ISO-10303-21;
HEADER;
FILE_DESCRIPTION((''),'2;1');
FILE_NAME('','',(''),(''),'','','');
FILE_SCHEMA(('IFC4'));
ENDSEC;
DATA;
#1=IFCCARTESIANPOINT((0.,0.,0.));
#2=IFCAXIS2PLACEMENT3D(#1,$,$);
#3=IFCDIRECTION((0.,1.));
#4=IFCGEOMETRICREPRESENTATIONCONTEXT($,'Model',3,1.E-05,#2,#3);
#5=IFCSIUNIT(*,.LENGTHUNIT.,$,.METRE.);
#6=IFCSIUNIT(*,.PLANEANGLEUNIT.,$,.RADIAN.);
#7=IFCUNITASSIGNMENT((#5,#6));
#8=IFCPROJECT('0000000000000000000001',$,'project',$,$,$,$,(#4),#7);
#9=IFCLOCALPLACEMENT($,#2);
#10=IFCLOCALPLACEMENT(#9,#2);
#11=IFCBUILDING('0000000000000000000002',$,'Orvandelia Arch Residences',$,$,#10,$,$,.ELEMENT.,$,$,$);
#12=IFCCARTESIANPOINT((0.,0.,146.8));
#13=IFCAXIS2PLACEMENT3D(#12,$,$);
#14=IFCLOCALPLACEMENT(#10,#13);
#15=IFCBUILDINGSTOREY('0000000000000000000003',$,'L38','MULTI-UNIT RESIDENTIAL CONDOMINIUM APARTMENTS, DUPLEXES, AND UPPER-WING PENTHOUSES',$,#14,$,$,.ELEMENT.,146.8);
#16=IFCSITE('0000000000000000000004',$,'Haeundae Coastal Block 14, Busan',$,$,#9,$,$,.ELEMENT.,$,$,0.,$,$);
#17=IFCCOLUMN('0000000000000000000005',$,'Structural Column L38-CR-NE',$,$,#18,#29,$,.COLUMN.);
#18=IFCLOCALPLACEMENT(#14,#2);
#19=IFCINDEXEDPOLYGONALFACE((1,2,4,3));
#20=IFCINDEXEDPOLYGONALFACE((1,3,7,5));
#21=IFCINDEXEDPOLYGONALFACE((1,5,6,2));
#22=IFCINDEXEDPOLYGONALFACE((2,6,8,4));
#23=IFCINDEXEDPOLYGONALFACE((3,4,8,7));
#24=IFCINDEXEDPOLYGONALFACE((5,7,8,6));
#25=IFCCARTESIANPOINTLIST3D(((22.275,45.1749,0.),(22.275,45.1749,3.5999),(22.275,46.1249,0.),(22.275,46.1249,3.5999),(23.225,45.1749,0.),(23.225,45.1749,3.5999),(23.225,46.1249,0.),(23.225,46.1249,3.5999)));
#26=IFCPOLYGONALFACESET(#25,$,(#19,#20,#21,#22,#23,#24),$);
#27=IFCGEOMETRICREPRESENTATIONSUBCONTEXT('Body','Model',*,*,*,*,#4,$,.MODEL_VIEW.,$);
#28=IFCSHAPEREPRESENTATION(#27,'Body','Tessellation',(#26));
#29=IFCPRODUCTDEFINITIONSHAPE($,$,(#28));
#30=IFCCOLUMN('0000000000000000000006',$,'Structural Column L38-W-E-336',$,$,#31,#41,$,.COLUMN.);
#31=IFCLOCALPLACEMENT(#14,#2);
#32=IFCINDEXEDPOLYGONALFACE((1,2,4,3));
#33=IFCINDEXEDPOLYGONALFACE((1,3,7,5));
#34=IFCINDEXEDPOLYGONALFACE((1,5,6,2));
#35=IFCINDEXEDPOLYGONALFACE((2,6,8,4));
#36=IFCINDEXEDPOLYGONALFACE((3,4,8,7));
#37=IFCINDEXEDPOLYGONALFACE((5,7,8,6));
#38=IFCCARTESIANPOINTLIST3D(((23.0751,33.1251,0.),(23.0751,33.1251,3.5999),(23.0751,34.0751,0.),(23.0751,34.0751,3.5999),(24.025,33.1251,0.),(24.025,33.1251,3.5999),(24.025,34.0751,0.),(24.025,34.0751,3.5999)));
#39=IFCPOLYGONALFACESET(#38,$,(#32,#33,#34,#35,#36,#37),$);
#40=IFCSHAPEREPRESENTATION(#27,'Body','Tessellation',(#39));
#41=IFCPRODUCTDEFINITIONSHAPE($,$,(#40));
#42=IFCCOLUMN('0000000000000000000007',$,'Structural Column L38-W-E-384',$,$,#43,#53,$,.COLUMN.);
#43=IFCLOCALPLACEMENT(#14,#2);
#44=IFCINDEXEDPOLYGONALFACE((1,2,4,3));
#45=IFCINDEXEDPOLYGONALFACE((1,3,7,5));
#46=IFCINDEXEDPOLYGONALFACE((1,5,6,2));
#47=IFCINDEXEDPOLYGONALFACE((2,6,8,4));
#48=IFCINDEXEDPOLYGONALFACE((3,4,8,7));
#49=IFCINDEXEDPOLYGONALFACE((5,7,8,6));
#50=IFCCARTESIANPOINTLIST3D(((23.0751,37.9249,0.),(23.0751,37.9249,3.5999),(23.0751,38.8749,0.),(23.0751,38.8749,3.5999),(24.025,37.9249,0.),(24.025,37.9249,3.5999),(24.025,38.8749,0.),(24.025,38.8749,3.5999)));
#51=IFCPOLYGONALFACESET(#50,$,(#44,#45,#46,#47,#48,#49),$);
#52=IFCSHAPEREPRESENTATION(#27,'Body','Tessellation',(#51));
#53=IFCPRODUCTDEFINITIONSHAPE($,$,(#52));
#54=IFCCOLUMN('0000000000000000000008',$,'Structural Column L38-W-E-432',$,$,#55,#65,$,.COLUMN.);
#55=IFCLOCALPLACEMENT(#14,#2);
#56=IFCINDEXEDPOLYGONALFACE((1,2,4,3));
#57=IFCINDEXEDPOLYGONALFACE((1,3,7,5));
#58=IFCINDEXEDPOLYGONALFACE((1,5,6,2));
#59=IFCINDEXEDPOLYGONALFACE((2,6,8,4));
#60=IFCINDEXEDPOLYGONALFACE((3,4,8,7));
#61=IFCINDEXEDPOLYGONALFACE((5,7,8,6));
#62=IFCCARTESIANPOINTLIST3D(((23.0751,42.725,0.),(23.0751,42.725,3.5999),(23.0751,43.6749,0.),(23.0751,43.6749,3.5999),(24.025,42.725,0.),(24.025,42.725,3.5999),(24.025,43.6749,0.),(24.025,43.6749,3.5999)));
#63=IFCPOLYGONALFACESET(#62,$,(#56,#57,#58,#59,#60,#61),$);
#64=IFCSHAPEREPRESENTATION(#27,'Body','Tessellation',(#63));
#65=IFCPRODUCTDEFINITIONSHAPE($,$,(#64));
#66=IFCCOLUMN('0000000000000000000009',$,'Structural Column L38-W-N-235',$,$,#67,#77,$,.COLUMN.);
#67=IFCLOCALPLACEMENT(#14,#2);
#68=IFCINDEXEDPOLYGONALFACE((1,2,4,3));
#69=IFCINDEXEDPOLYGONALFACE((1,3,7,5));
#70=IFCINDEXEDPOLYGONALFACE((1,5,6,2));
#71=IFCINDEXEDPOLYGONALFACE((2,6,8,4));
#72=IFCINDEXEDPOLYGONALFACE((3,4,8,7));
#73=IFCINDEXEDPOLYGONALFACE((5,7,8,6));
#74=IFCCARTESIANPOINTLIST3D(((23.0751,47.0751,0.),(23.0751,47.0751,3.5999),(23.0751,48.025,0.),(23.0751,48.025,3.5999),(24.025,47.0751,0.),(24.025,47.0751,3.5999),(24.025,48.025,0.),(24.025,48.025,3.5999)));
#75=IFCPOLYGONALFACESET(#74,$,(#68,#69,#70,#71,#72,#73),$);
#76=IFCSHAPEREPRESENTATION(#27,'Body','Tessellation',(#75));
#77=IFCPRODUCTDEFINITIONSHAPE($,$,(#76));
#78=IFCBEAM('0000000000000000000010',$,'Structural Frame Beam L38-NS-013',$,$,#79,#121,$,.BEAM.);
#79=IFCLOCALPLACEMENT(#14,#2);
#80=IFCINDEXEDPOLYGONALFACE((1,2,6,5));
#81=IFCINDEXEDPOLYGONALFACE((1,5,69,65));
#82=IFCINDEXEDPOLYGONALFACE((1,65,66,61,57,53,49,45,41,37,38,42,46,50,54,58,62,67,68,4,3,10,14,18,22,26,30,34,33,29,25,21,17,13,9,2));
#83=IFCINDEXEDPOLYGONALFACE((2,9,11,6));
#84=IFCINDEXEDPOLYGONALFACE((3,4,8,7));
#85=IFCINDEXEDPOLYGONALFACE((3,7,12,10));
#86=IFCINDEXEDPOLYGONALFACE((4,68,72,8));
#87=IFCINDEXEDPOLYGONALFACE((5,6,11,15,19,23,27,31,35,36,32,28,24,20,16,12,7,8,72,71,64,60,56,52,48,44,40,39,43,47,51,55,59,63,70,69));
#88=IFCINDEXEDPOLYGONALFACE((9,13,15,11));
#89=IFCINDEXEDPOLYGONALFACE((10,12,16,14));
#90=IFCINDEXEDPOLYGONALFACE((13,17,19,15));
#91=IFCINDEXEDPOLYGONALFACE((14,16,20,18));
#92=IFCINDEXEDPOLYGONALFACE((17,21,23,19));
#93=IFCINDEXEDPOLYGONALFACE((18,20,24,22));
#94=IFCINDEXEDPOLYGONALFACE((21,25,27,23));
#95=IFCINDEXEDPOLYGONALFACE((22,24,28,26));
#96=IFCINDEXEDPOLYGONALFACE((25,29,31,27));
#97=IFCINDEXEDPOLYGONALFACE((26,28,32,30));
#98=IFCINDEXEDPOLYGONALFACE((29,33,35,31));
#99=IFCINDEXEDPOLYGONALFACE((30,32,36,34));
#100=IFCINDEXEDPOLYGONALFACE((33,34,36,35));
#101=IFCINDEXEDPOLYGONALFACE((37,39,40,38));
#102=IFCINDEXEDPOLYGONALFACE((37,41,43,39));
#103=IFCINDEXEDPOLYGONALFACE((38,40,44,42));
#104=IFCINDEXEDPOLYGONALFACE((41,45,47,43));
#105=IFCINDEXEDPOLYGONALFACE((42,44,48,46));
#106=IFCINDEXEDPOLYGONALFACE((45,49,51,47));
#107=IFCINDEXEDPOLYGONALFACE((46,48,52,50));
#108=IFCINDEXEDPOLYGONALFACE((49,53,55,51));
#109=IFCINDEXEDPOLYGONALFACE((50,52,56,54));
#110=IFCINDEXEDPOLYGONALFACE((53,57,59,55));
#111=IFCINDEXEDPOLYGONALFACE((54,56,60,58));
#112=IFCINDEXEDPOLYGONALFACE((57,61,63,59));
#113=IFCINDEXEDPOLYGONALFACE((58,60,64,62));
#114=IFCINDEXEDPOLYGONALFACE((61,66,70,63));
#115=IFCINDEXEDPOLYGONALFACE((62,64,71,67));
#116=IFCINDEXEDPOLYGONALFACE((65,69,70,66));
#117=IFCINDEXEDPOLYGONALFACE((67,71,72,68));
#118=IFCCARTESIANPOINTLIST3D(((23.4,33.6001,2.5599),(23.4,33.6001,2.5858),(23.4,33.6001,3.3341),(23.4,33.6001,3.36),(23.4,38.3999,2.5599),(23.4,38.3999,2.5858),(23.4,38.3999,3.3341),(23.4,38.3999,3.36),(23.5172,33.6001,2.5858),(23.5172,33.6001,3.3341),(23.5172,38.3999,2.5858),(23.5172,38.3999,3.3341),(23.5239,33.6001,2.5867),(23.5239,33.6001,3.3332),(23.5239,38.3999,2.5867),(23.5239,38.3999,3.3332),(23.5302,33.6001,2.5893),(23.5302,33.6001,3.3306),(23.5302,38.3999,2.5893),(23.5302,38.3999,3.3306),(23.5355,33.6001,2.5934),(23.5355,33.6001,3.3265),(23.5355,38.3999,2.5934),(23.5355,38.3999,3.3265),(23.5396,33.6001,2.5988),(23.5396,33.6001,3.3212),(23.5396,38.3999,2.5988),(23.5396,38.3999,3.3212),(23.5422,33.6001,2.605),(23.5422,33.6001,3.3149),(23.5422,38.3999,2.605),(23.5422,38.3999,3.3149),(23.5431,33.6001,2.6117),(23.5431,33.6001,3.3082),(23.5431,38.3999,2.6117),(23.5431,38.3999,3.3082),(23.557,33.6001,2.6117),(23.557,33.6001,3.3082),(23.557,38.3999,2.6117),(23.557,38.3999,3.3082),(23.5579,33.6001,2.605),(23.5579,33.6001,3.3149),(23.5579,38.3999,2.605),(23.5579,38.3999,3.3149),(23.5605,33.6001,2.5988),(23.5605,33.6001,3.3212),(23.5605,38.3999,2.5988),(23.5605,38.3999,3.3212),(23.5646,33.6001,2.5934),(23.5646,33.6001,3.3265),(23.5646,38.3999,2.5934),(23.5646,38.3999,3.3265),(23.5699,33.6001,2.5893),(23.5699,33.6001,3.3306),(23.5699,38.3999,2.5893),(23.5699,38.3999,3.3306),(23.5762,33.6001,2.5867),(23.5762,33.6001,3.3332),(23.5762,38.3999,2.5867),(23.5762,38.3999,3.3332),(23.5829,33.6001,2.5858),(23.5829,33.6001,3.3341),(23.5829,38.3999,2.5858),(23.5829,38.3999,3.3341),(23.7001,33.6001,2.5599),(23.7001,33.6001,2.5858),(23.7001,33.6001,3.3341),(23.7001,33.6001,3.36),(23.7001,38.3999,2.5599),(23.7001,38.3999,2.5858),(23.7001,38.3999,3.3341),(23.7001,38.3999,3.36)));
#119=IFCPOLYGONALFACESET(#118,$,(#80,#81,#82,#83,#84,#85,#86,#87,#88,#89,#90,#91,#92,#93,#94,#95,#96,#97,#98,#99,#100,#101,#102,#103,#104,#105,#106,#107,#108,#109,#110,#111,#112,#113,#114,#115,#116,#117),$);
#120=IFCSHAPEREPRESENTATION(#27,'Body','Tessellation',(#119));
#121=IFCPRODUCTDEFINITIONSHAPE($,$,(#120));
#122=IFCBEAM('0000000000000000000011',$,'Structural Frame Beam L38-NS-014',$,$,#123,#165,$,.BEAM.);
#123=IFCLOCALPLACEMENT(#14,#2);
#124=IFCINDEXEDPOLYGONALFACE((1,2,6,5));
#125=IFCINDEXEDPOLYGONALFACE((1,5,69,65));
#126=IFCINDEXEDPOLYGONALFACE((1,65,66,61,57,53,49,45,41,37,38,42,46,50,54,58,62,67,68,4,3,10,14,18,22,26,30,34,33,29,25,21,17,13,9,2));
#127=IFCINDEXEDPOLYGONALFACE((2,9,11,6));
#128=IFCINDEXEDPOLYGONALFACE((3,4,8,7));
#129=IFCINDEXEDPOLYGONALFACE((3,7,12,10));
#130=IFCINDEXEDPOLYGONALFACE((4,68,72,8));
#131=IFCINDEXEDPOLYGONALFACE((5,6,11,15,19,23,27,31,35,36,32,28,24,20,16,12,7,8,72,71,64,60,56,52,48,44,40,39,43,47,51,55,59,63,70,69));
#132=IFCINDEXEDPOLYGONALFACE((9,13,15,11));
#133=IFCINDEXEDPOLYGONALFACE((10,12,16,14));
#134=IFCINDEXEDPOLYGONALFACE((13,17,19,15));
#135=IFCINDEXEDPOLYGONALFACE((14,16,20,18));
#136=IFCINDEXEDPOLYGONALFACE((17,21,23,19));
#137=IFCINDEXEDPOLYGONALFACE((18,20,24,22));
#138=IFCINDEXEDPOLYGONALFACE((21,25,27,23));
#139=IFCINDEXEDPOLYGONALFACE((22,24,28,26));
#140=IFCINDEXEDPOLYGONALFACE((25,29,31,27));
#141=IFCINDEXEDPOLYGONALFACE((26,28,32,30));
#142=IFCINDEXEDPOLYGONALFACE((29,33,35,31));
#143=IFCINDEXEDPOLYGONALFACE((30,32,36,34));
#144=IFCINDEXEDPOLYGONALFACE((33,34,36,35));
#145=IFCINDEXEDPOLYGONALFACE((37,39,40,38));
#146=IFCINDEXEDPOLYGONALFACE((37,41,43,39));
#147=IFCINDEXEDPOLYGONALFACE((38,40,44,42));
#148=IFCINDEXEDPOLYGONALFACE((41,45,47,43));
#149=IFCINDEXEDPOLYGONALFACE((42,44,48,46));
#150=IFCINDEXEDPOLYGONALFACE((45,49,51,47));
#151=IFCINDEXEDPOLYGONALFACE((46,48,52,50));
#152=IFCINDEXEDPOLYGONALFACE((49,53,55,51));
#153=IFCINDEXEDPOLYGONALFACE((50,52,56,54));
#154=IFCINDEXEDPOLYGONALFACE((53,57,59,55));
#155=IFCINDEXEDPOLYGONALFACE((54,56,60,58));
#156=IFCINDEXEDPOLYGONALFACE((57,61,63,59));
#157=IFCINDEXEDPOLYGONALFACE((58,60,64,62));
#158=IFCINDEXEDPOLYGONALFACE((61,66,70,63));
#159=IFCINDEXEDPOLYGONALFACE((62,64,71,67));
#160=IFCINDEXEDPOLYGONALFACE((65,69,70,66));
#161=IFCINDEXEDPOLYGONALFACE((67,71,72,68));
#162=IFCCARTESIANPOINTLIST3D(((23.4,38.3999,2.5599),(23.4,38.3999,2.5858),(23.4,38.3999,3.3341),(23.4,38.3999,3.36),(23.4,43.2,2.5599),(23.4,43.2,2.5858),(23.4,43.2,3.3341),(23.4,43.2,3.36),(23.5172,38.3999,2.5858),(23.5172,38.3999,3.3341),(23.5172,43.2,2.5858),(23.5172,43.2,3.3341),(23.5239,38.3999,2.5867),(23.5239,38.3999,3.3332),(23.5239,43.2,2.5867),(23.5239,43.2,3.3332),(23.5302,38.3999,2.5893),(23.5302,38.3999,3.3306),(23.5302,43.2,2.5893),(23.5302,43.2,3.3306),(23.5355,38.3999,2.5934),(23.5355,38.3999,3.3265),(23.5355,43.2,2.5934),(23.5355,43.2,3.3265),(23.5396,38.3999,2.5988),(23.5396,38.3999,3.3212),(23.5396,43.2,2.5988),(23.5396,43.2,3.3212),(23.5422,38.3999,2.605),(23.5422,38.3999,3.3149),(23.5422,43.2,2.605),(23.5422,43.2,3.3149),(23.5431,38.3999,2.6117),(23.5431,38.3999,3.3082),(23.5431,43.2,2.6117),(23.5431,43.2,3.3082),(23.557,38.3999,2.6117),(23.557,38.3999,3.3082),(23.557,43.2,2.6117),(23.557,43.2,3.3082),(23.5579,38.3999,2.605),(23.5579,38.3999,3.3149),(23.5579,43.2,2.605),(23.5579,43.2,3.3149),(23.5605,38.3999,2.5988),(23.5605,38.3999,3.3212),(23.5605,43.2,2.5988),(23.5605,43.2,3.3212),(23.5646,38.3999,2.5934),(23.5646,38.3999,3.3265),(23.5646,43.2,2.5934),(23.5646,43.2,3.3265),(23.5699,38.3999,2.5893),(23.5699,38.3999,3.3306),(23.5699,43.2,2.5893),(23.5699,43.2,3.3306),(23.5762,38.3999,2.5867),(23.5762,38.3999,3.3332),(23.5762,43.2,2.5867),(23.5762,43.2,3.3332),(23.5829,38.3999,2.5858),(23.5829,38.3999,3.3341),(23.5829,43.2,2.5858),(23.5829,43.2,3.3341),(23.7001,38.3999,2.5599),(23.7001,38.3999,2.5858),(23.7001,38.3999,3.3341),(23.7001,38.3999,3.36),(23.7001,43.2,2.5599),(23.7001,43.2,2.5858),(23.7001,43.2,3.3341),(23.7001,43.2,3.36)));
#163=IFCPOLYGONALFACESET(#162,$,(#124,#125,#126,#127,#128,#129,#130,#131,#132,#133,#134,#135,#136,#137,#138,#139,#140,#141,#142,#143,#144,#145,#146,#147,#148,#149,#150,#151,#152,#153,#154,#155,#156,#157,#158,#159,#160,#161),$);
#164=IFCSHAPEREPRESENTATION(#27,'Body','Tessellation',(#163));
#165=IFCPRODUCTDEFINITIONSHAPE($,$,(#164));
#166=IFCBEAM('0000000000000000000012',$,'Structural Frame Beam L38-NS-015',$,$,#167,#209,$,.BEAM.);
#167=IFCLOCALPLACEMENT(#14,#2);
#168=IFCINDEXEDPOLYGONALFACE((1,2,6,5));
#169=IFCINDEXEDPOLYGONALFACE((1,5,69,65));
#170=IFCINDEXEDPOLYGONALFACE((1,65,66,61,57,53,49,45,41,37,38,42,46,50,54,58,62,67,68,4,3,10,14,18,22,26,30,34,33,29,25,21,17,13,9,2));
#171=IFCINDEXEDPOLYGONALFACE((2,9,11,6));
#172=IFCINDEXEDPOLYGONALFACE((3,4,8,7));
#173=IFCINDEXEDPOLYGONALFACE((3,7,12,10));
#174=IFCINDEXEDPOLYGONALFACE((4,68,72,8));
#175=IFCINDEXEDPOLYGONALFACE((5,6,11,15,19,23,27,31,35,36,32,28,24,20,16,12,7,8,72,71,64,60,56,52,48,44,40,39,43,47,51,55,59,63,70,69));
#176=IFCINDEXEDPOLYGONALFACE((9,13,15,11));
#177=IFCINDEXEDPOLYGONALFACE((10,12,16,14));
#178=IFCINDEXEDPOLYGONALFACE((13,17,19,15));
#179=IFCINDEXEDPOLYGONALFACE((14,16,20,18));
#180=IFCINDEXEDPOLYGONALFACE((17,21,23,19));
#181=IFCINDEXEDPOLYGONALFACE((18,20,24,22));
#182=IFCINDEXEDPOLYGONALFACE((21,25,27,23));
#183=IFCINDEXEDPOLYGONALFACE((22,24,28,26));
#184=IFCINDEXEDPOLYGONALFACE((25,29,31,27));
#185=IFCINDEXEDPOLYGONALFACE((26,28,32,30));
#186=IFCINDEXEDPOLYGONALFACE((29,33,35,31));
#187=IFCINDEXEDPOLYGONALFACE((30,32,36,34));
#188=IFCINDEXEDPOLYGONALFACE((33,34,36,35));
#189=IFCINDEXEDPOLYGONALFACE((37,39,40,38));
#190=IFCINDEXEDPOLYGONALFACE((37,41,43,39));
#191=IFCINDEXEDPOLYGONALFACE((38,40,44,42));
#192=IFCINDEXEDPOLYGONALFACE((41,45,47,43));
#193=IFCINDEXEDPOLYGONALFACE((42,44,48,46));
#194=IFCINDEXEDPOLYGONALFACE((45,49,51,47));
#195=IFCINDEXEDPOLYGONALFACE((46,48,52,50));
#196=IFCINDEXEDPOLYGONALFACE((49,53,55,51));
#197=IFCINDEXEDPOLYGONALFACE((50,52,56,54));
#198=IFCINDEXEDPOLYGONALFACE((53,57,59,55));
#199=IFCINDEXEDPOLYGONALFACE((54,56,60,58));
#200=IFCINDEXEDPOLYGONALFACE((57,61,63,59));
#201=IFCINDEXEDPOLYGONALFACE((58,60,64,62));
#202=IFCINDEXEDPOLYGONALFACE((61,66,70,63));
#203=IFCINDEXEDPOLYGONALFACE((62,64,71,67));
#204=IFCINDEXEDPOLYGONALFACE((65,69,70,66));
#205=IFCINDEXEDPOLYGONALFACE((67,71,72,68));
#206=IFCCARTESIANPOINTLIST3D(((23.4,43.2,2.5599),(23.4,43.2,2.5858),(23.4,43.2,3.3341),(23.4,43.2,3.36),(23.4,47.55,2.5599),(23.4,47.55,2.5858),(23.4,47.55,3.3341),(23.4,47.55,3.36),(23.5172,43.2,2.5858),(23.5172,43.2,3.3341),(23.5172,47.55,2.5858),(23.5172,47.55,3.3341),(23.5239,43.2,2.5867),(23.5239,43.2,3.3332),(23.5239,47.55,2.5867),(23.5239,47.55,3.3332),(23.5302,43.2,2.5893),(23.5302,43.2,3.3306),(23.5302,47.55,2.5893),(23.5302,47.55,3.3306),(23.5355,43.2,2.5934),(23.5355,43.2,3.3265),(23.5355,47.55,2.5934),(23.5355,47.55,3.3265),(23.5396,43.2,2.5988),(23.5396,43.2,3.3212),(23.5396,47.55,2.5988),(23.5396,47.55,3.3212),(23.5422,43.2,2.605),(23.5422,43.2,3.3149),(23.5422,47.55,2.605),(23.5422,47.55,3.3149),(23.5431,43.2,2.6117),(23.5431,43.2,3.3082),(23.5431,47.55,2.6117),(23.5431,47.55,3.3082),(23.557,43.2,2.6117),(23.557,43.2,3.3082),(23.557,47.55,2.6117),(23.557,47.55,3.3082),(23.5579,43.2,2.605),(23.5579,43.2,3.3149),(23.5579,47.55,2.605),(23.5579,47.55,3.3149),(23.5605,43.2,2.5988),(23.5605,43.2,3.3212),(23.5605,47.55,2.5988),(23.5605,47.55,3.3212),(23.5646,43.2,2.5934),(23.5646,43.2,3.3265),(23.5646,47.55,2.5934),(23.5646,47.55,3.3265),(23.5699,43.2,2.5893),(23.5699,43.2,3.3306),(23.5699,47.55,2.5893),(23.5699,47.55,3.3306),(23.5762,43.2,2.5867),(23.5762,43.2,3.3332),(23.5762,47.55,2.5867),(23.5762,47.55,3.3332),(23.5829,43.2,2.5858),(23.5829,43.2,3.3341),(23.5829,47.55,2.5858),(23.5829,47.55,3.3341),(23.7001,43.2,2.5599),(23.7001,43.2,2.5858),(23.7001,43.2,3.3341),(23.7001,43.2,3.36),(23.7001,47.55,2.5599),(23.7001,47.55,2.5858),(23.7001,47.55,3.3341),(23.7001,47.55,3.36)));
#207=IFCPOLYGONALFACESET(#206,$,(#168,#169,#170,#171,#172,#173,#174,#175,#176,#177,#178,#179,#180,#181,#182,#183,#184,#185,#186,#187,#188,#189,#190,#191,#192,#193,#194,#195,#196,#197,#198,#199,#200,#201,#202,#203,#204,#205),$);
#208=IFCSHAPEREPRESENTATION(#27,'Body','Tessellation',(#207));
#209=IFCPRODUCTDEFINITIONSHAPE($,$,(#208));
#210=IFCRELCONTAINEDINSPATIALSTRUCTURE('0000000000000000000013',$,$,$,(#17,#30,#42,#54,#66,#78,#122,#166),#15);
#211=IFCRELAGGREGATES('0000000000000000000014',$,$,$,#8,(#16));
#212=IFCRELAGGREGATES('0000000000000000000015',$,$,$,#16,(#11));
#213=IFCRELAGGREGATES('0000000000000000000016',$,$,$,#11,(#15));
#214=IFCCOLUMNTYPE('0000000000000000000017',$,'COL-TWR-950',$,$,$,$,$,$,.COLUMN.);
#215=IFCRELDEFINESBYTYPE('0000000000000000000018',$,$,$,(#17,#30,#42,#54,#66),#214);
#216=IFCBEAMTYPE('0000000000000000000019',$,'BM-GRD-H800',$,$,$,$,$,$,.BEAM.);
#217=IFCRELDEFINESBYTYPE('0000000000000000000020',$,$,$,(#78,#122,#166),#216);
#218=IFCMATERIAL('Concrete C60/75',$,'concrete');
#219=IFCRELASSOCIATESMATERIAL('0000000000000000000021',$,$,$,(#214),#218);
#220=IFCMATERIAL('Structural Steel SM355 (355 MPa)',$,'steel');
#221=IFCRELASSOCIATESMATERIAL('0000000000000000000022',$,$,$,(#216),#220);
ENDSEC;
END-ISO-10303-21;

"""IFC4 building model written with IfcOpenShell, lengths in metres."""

from ifc_helpers import new_model, si_unit, direction, frame, origin, origin_2d, place, context, subcontext, project, spatial, rectangle, i_section, extrude, material, material_profile, profile_set, type_object, element, save


model = new_model("IFC4")

# Units and contexts
model_context = context("Model", 3, precision=1e-05, world=origin(), true_north=direction((0.0, 1.0)))
body_context = subcontext(model_context, "Body", "Model", "MODEL_VIEW")
ifc_project = project(units=[si_unit("LENGTHUNIT", "METRE"), si_unit("PLANEANGLEUNIT", "RADIAN")], contexts=[model_context])

# Site, building, storey
site_placement = place(None, origin())
site = spatial("IfcSite", under=ifc_project, at=site_placement, Name="Haeundae Coastal Block 14, Busan", CompositionType="ELEMENT", RefElevation=0.0)
building_placement = place(site_placement, origin())
building = spatial("IfcBuilding", under=site, at=building_placement, Name="Orvandelia Arch Residences", CompositionType="ELEMENT")
storey_placement = place(building_placement, frame((0.0, 0.0, 146.8)))
storey = spatial("IfcBuildingStorey", under=building, at=storey_placement, Name="L38", Description="MULTI-UNIT RESIDENTIAL CONDOMINIUM APARTMENTS, DUPLEXES, AND UPPER-WING PENTHOUSES", CompositionType="ELEMENT", Elevation=146.8)

# Columns
ifc_material_1 = material(Name="Concrete C60/75", Category="concrete")
ifc_material_profile_1 = material_profile(ifc_material_1, rectangle(XDim=0.95, YDim=0.95, at=origin_2d()), Name="Concrete C60/75", Category="concrete")
ifc_profile_set_1 = profile_set([ifc_material_profile_1], Name="Concrete C60/75")
column_type = type_object("IfcColumnType", Name="COL-TWR-950", PredefinedType="COLUMN", material=ifc_profile_set_1)
for number, where, z_axis, x_axis, name in (
    (1, (22.75, 45.6499, 0.0), (0.0, 0.0, 1.0), (1.0, 0.0, 0.0), "Structural Column L38-CR-NE"),
    (2, (23.55, 33.6001, 0.0), (0.0, 0.0, 1.0), (1.0, 0.0, 0.0), "Structural Column L38-W-E-336"),
    (3, (23.55, 38.3999, 0.0), (0.0, 0.0, 1.0), (1.0, 0.0, 0.0), "Structural Column L38-W-E-384"),
    (4, (23.55, 43.2, 0.0), (0.0, 0.0, 1.0), (1.0, 0.0, 0.0), "Structural Column L38-W-E-432"),
    (5, (23.55, 47.55, 0.0), (0.0, 0.0, 1.0), (1.0, 0.0, 0.0), "Structural Column L38-W-N-235"),
):
    element("IfcColumn", number, at=place(storey_placement, frame(where, z_axis=z_axis, x_axis=x_axis)), inside=storey, type_object=column_type, Name=name, PredefinedType="COLUMN", context=body_context, shape_type="SweptSolid", body=[
        extrude(rectangle(XDim=0.95, YDim=0.95, at=origin_2d()), origin(), (0.0, 0.0, 1.0), 3.5999),
    ])

# Beams
ifc_material_2 = material(Name="Structural Steel SM355 (355 MPa)", Category="steel")
ifc_material_profile_2 = material_profile(ifc_material_2, i_section(OverallWidth=0.3, OverallDepth=0.8, WebThickness=0.0139, FlangeThickness=0.0259, FilletRadius=0.0259, at=origin_2d()), Name="Structural Steel SM355 (355 MPa)", Category="steel")
ifc_profile_set_2 = profile_set([ifc_material_profile_2], Name="Structural Steel SM355 (355 MPa)")
beam_type = type_object("IfcBeamType", Name="BM-GRD-H800", PredefinedType="BEAM", material=ifc_profile_set_2)
beam_1_placement = place(storey_placement, frame((23.55, 33.6001, 2.96), z_axis=(0.0, 1.0, 0.0), x_axis=(-1.0, 0.0, 0.0)))
element("IfcBeam", 6, at=beam_1_placement, inside=storey, type_object=beam_type, Name="Structural Frame Beam L38-NS-013", PredefinedType="BEAM", context=body_context, shape_type="SweptSolid", body=[
    extrude(i_section(OverallWidth=0.3, OverallDepth=0.8, WebThickness=0.0139, FlangeThickness=0.0259, FilletRadius=0.0259, at=origin_2d()), origin(), (0.0, 0.0, 1.0), 4.7998),
])
beam_2_placement = place(storey_placement, frame((23.55, 38.3999, 2.96), z_axis=(0.0, 1.0, 0.0), x_axis=(-1.0, 0.0, 0.0)))
element("IfcBeam", 7, at=beam_2_placement, inside=storey, type_object=beam_type, Name="Structural Frame Beam L38-NS-014", PredefinedType="BEAM", context=body_context, shape_type="SweptSolid", body=[
    extrude(i_section(OverallWidth=0.3, OverallDepth=0.8, WebThickness=0.0139, FlangeThickness=0.0259, FilletRadius=0.0259, at=origin_2d()), origin(), (0.0, 0.0, 1.0), 4.8),
])
beam_3_placement = place(storey_placement, frame((23.55, 43.2, 2.96), z_axis=(0.0, 1.0, 0.0), x_axis=(-1.0, 0.0, 0.0)))
element("IfcBeam", 8, at=beam_3_placement, inside=storey, type_object=beam_type, Name="Structural Frame Beam L38-NS-015", PredefinedType="BEAM", context=body_context, shape_type="SweptSolid", body=[
    extrude(i_section(OverallWidth=0.3, OverallDepth=0.8, WebThickness=0.0139, FlangeThickness=0.0259, FilletRadius=0.0259, at=origin_2d()), origin(), (0.0, 0.0, 1.0), 4.3501),
])

save(model, "model.ifc")
